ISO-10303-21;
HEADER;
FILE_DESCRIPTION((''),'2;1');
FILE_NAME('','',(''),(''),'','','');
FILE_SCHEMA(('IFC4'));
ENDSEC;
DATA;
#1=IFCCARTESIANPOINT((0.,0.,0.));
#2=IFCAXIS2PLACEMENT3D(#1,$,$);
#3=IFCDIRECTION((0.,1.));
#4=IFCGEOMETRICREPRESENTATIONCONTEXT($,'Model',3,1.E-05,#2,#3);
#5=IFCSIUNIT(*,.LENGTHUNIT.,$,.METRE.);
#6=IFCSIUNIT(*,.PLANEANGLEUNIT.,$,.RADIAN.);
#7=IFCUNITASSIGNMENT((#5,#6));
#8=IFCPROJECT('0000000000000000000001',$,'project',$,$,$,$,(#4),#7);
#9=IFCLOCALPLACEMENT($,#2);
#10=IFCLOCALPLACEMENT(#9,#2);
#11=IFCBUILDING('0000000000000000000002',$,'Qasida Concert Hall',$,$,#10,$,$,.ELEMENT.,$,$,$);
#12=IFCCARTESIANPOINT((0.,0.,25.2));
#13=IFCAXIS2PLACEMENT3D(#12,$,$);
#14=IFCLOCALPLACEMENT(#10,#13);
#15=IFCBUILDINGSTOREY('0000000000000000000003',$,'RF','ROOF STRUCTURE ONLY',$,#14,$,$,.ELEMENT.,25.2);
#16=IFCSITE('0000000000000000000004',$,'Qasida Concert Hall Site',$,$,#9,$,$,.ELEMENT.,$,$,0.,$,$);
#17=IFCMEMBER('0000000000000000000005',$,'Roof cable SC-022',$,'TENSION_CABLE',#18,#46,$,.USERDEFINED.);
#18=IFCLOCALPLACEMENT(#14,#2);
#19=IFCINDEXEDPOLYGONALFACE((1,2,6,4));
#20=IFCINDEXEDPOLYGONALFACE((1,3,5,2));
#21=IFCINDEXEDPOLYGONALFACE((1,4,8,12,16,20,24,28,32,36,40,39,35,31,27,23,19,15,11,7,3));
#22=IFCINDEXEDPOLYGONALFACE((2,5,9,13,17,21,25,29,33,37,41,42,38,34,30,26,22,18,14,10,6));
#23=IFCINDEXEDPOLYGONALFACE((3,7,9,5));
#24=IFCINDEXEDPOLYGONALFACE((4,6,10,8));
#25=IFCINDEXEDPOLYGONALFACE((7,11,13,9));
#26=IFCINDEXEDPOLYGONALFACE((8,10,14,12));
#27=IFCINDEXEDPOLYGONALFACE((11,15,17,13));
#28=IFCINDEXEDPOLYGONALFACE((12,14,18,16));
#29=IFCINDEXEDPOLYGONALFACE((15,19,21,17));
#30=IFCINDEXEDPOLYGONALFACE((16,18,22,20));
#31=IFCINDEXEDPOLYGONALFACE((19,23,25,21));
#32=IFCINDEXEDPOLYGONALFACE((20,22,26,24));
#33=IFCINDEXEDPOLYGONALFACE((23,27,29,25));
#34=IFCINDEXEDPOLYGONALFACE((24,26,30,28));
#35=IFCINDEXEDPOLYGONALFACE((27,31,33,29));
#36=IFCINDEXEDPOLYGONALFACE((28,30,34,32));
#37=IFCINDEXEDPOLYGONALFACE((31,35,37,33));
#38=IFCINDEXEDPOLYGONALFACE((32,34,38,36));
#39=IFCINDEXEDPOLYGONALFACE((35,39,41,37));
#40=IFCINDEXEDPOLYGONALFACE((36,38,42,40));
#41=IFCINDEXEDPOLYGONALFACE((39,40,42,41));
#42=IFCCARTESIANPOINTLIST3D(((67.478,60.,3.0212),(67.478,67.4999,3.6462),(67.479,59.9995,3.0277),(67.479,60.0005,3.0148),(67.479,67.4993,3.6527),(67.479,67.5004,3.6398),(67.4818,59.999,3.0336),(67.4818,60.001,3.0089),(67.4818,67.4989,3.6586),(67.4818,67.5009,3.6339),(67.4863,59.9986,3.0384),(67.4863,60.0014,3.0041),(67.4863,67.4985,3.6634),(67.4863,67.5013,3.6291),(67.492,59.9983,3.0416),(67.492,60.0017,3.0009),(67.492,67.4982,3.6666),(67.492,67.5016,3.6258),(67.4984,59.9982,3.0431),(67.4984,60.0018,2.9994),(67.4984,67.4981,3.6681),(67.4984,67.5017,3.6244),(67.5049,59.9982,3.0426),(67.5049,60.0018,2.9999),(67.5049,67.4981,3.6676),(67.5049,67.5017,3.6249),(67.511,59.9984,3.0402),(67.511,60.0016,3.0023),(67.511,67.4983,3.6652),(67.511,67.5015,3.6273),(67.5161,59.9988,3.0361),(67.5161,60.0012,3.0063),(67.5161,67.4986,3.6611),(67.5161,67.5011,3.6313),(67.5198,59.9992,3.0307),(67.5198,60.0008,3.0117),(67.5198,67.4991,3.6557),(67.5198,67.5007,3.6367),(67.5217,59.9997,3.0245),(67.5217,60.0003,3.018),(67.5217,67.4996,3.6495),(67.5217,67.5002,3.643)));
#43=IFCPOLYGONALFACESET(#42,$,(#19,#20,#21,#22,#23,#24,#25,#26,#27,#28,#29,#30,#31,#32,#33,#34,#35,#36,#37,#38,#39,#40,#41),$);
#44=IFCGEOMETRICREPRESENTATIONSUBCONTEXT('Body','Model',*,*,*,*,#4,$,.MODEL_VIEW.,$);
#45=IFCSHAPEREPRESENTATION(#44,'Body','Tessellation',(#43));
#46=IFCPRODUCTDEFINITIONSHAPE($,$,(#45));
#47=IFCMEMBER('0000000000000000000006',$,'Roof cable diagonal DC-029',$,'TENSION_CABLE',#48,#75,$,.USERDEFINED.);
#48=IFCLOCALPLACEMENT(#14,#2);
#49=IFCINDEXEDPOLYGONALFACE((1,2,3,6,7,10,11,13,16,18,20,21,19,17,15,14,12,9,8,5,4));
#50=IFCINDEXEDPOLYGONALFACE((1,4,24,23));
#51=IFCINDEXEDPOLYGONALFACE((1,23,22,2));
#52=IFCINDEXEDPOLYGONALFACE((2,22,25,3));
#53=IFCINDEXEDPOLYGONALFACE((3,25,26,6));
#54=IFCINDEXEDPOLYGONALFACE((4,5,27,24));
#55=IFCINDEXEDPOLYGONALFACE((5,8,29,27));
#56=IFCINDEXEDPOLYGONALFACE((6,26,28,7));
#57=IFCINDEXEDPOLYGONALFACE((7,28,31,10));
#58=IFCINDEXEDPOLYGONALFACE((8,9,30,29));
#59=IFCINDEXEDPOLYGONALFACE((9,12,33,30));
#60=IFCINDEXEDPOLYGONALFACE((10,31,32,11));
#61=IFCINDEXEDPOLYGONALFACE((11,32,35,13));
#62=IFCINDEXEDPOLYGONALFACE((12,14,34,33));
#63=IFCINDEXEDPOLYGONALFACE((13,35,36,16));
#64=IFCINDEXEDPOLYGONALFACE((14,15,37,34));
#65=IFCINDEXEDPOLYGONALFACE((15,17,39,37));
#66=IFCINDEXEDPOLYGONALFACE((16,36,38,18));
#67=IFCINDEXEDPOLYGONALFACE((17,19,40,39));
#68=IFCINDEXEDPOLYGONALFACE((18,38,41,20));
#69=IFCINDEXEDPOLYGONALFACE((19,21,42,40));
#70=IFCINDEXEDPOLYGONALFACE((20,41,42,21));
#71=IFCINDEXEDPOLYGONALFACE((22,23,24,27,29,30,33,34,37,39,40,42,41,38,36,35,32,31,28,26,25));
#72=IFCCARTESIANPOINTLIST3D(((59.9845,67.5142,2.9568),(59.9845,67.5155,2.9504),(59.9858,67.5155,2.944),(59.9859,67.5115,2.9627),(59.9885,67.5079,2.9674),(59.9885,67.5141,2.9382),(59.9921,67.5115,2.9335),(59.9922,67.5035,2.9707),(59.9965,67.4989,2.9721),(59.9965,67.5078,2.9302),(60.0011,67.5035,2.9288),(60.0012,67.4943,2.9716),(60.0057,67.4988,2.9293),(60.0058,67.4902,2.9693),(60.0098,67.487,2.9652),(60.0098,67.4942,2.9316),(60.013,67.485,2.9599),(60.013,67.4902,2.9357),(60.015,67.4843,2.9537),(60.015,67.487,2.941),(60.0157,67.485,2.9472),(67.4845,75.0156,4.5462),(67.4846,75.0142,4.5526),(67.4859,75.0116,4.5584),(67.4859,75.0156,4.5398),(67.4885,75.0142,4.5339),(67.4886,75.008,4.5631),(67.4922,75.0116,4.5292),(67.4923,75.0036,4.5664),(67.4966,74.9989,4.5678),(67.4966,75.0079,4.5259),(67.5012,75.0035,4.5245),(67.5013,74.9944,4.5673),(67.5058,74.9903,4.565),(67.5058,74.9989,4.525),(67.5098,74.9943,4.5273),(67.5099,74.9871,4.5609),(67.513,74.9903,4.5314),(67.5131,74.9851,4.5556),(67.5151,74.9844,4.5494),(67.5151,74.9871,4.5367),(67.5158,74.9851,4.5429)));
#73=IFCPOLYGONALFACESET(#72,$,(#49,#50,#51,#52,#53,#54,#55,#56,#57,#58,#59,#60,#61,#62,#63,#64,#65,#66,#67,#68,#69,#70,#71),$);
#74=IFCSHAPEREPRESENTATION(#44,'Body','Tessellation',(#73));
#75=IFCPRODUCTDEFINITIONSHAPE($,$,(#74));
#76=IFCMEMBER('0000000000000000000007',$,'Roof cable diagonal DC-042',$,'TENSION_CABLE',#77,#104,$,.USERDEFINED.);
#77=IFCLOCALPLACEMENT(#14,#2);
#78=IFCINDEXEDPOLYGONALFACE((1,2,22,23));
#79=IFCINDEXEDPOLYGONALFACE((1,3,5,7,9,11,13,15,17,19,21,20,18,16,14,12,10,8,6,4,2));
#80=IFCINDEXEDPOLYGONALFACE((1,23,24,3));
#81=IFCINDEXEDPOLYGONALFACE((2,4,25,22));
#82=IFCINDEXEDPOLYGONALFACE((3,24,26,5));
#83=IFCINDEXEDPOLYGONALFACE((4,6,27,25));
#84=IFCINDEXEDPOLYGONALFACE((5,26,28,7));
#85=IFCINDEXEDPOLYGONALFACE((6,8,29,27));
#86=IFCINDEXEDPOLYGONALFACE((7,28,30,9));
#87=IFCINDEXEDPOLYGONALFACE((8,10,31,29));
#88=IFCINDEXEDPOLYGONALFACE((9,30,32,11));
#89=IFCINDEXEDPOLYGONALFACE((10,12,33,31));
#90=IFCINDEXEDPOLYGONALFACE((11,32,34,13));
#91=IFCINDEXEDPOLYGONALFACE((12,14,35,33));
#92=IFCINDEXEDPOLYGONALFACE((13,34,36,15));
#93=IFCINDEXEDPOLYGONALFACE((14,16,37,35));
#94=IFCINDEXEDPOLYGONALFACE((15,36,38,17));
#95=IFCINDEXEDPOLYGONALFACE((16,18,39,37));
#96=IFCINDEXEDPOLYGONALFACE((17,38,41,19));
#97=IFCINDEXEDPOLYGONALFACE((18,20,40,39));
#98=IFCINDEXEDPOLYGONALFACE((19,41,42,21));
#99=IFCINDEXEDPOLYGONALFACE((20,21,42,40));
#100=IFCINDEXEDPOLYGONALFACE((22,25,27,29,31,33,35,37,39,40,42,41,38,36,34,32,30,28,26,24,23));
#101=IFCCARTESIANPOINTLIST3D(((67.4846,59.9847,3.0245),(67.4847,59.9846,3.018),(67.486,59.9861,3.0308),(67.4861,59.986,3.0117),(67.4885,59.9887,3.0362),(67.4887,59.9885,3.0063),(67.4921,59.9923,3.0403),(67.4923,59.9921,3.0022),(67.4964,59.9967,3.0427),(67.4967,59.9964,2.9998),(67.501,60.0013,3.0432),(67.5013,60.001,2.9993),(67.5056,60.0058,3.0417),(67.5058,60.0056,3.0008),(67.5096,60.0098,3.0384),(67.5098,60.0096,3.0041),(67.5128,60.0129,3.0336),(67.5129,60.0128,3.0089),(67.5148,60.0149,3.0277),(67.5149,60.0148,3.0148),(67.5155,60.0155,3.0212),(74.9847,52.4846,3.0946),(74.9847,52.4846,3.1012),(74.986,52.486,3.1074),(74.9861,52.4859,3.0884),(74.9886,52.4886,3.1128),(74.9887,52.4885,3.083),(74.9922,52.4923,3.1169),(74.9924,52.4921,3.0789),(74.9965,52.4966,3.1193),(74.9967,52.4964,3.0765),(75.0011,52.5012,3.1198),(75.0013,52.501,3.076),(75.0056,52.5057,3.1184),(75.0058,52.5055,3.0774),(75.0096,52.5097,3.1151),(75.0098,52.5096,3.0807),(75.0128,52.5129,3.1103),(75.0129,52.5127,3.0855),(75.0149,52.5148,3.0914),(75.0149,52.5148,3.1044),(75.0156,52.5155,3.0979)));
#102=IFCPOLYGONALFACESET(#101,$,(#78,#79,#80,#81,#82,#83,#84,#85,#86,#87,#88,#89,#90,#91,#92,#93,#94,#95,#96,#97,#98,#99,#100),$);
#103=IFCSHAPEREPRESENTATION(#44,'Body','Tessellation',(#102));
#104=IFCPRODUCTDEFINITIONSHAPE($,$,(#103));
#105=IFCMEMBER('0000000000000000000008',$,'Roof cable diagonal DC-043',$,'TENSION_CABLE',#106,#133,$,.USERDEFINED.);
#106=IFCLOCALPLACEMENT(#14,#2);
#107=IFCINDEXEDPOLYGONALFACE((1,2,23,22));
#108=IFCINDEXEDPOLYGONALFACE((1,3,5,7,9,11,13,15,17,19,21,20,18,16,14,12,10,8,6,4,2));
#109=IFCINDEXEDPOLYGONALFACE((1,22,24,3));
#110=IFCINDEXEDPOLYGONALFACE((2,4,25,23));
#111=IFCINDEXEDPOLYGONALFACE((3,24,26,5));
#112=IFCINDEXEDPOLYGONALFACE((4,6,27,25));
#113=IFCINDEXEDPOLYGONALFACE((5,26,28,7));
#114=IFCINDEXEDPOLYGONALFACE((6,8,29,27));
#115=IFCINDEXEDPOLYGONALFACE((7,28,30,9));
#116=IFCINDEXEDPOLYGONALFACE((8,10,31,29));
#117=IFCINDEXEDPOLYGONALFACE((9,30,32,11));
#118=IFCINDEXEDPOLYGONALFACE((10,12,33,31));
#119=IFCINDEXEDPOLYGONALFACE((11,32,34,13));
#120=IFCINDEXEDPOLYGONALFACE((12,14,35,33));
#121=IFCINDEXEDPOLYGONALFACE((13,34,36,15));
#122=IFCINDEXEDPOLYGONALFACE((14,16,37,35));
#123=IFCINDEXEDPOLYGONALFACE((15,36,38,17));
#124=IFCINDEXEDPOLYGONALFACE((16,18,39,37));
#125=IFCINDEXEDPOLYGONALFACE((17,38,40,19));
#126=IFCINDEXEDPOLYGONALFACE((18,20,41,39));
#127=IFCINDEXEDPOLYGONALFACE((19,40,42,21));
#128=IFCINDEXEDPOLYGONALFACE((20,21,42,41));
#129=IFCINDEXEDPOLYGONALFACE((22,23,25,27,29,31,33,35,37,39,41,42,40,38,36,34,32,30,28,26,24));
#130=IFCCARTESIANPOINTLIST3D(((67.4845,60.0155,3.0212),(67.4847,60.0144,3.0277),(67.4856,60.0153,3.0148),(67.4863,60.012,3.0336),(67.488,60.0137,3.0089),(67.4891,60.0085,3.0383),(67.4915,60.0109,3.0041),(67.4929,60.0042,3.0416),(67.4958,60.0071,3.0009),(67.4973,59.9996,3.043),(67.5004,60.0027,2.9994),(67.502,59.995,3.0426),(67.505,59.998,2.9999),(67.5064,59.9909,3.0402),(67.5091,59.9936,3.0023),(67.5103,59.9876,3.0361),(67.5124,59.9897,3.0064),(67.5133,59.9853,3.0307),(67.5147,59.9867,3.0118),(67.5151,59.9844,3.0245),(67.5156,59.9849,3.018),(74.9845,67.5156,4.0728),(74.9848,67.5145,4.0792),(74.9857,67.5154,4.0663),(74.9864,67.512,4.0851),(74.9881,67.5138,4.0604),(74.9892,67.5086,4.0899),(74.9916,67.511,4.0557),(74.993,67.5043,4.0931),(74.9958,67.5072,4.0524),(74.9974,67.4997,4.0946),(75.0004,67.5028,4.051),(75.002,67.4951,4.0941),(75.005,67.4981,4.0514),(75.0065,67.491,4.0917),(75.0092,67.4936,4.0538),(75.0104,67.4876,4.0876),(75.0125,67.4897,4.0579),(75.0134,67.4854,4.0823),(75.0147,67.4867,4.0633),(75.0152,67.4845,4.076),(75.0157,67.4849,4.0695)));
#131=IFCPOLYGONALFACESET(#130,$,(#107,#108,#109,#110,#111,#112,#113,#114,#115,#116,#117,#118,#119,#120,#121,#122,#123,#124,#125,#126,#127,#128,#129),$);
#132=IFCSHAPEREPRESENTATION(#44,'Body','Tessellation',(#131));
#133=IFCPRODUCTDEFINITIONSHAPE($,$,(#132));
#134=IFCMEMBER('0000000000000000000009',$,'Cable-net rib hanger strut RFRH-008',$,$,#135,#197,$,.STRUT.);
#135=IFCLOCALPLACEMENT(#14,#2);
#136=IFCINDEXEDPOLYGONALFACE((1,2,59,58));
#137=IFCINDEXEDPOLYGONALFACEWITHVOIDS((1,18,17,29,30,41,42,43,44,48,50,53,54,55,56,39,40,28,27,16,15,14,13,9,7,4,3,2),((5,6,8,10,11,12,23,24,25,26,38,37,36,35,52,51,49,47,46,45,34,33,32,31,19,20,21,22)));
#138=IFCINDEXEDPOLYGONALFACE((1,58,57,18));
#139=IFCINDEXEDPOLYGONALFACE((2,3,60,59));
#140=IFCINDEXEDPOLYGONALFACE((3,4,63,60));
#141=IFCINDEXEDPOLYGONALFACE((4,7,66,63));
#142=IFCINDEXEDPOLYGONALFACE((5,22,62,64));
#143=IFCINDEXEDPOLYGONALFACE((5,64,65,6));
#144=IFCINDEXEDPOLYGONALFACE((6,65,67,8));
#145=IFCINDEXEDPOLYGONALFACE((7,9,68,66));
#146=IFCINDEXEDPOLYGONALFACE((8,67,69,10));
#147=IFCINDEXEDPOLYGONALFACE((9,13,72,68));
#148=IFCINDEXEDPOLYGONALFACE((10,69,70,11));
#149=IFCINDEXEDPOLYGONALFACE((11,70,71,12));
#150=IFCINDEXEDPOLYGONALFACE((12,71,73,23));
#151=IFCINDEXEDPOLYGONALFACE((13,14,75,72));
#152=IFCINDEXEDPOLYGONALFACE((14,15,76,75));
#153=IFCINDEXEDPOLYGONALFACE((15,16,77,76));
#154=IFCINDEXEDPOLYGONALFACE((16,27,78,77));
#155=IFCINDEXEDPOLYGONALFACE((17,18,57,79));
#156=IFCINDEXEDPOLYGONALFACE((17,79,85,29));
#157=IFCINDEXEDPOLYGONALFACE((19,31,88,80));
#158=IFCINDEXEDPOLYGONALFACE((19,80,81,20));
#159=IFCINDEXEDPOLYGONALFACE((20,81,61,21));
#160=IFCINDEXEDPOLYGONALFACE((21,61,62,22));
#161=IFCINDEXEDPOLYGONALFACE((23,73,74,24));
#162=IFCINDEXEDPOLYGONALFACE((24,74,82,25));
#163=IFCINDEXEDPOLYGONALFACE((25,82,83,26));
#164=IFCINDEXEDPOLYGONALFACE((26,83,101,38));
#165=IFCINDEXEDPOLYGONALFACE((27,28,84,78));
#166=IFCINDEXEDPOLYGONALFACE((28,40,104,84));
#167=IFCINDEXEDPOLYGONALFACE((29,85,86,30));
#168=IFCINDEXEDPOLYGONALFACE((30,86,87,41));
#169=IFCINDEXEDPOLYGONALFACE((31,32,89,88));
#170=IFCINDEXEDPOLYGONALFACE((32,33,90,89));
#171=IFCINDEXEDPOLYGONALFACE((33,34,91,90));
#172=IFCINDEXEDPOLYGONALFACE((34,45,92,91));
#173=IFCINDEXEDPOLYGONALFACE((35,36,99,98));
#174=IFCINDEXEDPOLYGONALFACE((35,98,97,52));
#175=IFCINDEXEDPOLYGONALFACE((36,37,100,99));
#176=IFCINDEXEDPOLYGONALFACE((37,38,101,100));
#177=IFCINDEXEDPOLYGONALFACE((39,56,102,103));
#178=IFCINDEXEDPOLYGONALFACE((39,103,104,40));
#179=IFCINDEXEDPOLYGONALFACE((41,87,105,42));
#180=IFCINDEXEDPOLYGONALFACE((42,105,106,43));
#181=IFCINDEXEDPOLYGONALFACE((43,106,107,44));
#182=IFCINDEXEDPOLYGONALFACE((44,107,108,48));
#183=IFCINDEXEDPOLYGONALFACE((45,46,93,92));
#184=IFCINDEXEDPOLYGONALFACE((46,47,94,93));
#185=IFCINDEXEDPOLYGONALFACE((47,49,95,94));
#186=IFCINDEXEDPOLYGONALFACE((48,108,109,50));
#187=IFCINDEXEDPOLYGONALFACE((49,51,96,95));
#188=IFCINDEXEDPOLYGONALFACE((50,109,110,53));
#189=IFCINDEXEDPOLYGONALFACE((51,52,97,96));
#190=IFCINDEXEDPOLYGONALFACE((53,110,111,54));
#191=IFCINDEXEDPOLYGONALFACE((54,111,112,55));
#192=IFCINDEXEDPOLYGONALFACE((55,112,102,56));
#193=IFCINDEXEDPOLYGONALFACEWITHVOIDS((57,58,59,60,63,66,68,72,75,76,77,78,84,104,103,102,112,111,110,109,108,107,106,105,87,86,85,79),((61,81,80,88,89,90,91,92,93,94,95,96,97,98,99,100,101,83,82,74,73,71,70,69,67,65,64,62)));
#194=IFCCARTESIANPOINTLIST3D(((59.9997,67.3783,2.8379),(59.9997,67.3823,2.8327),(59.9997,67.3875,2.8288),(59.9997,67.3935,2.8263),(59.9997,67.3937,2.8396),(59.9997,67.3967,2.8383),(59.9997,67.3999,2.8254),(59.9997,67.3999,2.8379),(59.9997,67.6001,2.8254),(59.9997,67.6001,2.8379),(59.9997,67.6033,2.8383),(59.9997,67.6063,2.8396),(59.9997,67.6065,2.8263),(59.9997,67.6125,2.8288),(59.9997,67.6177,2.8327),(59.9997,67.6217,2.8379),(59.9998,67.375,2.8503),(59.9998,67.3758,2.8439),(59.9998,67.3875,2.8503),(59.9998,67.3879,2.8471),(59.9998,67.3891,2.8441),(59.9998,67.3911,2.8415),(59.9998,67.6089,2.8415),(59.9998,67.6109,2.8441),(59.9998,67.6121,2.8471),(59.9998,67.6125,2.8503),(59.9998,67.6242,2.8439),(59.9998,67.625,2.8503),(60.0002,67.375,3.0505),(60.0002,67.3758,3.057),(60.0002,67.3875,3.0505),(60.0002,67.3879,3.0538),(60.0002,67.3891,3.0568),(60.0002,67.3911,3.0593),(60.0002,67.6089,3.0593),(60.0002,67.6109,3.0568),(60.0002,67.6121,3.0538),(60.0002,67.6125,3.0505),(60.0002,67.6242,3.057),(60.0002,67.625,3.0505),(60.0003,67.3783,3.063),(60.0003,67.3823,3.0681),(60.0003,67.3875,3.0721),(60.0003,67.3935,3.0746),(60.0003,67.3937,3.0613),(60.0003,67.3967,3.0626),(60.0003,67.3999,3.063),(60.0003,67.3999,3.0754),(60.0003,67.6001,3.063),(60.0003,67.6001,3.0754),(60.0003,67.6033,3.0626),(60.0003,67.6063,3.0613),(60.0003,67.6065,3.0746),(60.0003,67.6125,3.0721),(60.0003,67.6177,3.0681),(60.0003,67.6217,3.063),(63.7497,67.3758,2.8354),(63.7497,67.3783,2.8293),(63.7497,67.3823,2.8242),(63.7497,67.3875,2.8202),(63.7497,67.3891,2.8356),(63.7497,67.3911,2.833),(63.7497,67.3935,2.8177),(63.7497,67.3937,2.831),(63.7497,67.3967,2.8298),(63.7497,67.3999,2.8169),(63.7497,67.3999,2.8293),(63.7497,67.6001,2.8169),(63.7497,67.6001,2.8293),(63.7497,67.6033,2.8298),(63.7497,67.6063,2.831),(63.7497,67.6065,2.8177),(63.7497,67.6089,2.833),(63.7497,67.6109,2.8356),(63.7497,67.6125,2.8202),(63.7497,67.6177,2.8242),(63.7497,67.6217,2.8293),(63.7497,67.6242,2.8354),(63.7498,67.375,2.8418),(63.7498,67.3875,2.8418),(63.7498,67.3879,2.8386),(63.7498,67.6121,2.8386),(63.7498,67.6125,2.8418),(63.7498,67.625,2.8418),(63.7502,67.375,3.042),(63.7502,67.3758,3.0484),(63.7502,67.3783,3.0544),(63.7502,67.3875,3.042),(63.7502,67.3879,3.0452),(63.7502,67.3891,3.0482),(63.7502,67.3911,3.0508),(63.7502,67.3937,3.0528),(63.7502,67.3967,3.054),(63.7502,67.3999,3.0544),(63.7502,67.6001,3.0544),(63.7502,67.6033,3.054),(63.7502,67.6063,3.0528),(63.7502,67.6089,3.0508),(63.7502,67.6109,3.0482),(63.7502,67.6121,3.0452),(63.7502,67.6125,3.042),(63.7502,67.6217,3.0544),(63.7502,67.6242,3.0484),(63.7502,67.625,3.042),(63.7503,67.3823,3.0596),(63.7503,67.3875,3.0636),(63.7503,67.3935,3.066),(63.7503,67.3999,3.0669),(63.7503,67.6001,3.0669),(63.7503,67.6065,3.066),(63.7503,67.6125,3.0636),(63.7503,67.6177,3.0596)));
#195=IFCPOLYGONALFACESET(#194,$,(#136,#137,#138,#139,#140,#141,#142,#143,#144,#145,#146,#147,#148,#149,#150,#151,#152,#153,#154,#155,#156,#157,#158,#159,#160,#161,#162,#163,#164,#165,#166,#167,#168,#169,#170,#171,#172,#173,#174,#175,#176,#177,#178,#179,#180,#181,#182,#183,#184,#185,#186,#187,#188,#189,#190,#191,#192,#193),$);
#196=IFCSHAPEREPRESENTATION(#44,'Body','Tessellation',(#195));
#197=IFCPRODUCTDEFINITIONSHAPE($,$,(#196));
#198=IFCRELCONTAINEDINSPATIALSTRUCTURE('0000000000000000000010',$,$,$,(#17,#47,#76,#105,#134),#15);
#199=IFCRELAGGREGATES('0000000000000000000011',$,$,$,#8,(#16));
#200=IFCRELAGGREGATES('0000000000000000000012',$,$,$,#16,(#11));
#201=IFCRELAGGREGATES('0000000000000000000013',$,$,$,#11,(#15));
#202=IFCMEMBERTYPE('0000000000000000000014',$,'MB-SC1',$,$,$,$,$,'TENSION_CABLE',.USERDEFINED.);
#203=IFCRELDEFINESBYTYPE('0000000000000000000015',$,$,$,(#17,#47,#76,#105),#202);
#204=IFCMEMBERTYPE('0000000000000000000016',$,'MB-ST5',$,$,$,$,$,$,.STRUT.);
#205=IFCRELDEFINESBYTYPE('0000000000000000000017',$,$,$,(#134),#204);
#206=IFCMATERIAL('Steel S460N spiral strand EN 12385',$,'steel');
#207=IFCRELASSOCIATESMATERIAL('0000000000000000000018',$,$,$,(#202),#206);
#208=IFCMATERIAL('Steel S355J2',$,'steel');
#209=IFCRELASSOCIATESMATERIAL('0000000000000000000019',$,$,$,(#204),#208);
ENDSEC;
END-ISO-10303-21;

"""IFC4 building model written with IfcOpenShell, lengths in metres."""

from ifc_helpers import new_model, si_unit, direction, frame, origin, origin_2d, place, context, subcontext, project, spatial, hollow_rectangle, circle, extrude, material, material_profile, profile_set, type_object, element, save


model = new_model("IFC4")

# Units and contexts
model_context = context("Model", 3, precision=1e-05, world=origin(), true_north=direction((0.0, 1.0)))
body_context = subcontext(model_context, "Body", "Model", "MODEL_VIEW")
ifc_project = project(units=[si_unit("LENGTHUNIT", "METRE"), si_unit("PLANEANGLEUNIT", "RADIAN")], contexts=[model_context])

# Site, building, storey
site_placement = place(None, origin())
site = spatial("IfcSite", under=ifc_project, at=site_placement, Name="Qasida Concert Hall Site", CompositionType="ELEMENT", RefElevation=0.0)
building_placement = place(site_placement, origin())
building = spatial("IfcBuilding", under=site, at=building_placement, Name="Qasida Concert Hall", CompositionType="ELEMENT")
storey_placement = place(building_placement, frame((0.0, 0.0, 25.2)))
storey = spatial("IfcBuildingStorey", under=building, at=storey_placement, Name="RF", Description="ROOF STRUCTURE ONLY", CompositionType="ELEMENT", Elevation=25.2)

# Members
ifc_material_1 = material(Name="Steel S460N spiral strand EN 12385", Category="steel")
ifc_material_2 = material(Name="Steel S355J2", Category="steel")
ifc_material_profile_1 = material_profile(ifc_material_1, circle(Radius=0.022, at=origin_2d()), Name="STRAND D44")
ifc_profile_set_1 = profile_set([ifc_material_profile_1], Name="Steel S460N spiral strand EN 12385")
member_type_1 = type_object("IfcMemberType", Name="MB-SC1", ElementType="TENSION_CABLE", PredefinedType="USERDEFINED", material=ifc_profile_set_1)
member_1_placement = place(storey_placement, frame((67.5, 60.0, 3.0212), z_axis=(0.0, 0.996546, 0.083045), x_axis=(-1.0, 0.0, 0.0)))
element("IfcMember", 1, at=member_1_placement, inside=storey, type_object=member_type_1, Name="Roof cable SC-022", ObjectType="TENSION_CABLE", PredefinedType="USERDEFINED", context=body_context, shape_type="SweptSolid", body=[
    extrude(circle(Radius=0.022, at=origin_2d()), origin(), (0.0, 0.0, 1.0), 7.5259),
])
member_2_placement = place(storey_placement, frame((60.0, 67.5, 2.9504), z_axis=(0.699238, 0.699238, 0.14877), x_axis=(-0.707107, 0.707107, 0.0)))
element("IfcMember", 2, at=member_2_placement, inside=storey, type_object=member_type_1, Name="Roof cable diagonal DC-029", ObjectType="TENSION_CABLE", PredefinedType="USERDEFINED", context=body_context, shape_type="SweptSolid", body=[
    extrude(circle(Radius=0.022, at=origin_2d()), origin(), (0.0, 0.0, 1.0), 10.7261),
])
member_3_placement = place(storey_placement, frame((67.5, 60.0, 3.0212), z_axis=(0.707088, -0.707088, 0.007227), x_axis=(0.707107, 0.707107, 0.0)))
element("IfcMember", 3, at=member_3_placement, inside=storey, type_object=member_type_1, Name="Roof cable diagonal DC-042", ObjectType="TENSION_CABLE", PredefinedType="USERDEFINED", context=body_context, shape_type="SweptSolid", body=[
    extrude(circle(Radius=0.022, at=origin_2d()), origin(), (0.0, 0.0, 1.0), 10.6069),
])
member_4_placement = place(storey_placement, frame((67.5, 60.0, 3.0212), z_axis=(0.703657, 0.703657, 0.098654), x_axis=(-0.707107, 0.707107, 0.0)))
element("IfcMember", 4, at=member_4_placement, inside=storey, type_object=member_type_1, Name="Roof cable diagonal DC-043", ObjectType="TENSION_CABLE", PredefinedType="USERDEFINED", context=body_context, shape_type="SweptSolid", body=[
    extrude(circle(Radius=0.022, at=origin_2d()), origin(), (0.0, 0.0, 1.0), 10.6587),
])
ifc_material_profile_2 = material_profile(ifc_material_2, hollow_rectangle(XDim=0.25, YDim=0.25, WallThickness=0.0125, InnerFilletRadius=0.0125, OuterFilletRadius=0.0249, at=origin_2d()), Name="SHS 250x250x12.5")
ifc_profile_set_2 = profile_set([ifc_material_profile_2], Name="Steel S355J2")
member_type_2 = type_object("IfcMemberType", Name="MB-ST5", PredefinedType="STRUT", material=ifc_profile_set_2)
member_5_placement = place(storey_placement, frame((60.0, 67.5, 2.9504), z_axis=(0.999997, 0.0, -0.002279), x_axis=(0.0, 1.0, 0.0)))
element("IfcMember", 5, at=member_5_placement, inside=storey, type_object=member_type_2, Name="Cable-net rib hanger strut RFRH-008", PredefinedType="STRUT", context=body_context, shape_type="SweptSolid", body=[
    extrude(hollow_rectangle(XDim=0.25, YDim=0.25, WallThickness=0.0125, InnerFilletRadius=0.0125, OuterFilletRadius=0.0249, at=origin_2d()), origin(), (0.0, 0.0, 1.0), 3.75),
])

save(model, "model.ifc")
